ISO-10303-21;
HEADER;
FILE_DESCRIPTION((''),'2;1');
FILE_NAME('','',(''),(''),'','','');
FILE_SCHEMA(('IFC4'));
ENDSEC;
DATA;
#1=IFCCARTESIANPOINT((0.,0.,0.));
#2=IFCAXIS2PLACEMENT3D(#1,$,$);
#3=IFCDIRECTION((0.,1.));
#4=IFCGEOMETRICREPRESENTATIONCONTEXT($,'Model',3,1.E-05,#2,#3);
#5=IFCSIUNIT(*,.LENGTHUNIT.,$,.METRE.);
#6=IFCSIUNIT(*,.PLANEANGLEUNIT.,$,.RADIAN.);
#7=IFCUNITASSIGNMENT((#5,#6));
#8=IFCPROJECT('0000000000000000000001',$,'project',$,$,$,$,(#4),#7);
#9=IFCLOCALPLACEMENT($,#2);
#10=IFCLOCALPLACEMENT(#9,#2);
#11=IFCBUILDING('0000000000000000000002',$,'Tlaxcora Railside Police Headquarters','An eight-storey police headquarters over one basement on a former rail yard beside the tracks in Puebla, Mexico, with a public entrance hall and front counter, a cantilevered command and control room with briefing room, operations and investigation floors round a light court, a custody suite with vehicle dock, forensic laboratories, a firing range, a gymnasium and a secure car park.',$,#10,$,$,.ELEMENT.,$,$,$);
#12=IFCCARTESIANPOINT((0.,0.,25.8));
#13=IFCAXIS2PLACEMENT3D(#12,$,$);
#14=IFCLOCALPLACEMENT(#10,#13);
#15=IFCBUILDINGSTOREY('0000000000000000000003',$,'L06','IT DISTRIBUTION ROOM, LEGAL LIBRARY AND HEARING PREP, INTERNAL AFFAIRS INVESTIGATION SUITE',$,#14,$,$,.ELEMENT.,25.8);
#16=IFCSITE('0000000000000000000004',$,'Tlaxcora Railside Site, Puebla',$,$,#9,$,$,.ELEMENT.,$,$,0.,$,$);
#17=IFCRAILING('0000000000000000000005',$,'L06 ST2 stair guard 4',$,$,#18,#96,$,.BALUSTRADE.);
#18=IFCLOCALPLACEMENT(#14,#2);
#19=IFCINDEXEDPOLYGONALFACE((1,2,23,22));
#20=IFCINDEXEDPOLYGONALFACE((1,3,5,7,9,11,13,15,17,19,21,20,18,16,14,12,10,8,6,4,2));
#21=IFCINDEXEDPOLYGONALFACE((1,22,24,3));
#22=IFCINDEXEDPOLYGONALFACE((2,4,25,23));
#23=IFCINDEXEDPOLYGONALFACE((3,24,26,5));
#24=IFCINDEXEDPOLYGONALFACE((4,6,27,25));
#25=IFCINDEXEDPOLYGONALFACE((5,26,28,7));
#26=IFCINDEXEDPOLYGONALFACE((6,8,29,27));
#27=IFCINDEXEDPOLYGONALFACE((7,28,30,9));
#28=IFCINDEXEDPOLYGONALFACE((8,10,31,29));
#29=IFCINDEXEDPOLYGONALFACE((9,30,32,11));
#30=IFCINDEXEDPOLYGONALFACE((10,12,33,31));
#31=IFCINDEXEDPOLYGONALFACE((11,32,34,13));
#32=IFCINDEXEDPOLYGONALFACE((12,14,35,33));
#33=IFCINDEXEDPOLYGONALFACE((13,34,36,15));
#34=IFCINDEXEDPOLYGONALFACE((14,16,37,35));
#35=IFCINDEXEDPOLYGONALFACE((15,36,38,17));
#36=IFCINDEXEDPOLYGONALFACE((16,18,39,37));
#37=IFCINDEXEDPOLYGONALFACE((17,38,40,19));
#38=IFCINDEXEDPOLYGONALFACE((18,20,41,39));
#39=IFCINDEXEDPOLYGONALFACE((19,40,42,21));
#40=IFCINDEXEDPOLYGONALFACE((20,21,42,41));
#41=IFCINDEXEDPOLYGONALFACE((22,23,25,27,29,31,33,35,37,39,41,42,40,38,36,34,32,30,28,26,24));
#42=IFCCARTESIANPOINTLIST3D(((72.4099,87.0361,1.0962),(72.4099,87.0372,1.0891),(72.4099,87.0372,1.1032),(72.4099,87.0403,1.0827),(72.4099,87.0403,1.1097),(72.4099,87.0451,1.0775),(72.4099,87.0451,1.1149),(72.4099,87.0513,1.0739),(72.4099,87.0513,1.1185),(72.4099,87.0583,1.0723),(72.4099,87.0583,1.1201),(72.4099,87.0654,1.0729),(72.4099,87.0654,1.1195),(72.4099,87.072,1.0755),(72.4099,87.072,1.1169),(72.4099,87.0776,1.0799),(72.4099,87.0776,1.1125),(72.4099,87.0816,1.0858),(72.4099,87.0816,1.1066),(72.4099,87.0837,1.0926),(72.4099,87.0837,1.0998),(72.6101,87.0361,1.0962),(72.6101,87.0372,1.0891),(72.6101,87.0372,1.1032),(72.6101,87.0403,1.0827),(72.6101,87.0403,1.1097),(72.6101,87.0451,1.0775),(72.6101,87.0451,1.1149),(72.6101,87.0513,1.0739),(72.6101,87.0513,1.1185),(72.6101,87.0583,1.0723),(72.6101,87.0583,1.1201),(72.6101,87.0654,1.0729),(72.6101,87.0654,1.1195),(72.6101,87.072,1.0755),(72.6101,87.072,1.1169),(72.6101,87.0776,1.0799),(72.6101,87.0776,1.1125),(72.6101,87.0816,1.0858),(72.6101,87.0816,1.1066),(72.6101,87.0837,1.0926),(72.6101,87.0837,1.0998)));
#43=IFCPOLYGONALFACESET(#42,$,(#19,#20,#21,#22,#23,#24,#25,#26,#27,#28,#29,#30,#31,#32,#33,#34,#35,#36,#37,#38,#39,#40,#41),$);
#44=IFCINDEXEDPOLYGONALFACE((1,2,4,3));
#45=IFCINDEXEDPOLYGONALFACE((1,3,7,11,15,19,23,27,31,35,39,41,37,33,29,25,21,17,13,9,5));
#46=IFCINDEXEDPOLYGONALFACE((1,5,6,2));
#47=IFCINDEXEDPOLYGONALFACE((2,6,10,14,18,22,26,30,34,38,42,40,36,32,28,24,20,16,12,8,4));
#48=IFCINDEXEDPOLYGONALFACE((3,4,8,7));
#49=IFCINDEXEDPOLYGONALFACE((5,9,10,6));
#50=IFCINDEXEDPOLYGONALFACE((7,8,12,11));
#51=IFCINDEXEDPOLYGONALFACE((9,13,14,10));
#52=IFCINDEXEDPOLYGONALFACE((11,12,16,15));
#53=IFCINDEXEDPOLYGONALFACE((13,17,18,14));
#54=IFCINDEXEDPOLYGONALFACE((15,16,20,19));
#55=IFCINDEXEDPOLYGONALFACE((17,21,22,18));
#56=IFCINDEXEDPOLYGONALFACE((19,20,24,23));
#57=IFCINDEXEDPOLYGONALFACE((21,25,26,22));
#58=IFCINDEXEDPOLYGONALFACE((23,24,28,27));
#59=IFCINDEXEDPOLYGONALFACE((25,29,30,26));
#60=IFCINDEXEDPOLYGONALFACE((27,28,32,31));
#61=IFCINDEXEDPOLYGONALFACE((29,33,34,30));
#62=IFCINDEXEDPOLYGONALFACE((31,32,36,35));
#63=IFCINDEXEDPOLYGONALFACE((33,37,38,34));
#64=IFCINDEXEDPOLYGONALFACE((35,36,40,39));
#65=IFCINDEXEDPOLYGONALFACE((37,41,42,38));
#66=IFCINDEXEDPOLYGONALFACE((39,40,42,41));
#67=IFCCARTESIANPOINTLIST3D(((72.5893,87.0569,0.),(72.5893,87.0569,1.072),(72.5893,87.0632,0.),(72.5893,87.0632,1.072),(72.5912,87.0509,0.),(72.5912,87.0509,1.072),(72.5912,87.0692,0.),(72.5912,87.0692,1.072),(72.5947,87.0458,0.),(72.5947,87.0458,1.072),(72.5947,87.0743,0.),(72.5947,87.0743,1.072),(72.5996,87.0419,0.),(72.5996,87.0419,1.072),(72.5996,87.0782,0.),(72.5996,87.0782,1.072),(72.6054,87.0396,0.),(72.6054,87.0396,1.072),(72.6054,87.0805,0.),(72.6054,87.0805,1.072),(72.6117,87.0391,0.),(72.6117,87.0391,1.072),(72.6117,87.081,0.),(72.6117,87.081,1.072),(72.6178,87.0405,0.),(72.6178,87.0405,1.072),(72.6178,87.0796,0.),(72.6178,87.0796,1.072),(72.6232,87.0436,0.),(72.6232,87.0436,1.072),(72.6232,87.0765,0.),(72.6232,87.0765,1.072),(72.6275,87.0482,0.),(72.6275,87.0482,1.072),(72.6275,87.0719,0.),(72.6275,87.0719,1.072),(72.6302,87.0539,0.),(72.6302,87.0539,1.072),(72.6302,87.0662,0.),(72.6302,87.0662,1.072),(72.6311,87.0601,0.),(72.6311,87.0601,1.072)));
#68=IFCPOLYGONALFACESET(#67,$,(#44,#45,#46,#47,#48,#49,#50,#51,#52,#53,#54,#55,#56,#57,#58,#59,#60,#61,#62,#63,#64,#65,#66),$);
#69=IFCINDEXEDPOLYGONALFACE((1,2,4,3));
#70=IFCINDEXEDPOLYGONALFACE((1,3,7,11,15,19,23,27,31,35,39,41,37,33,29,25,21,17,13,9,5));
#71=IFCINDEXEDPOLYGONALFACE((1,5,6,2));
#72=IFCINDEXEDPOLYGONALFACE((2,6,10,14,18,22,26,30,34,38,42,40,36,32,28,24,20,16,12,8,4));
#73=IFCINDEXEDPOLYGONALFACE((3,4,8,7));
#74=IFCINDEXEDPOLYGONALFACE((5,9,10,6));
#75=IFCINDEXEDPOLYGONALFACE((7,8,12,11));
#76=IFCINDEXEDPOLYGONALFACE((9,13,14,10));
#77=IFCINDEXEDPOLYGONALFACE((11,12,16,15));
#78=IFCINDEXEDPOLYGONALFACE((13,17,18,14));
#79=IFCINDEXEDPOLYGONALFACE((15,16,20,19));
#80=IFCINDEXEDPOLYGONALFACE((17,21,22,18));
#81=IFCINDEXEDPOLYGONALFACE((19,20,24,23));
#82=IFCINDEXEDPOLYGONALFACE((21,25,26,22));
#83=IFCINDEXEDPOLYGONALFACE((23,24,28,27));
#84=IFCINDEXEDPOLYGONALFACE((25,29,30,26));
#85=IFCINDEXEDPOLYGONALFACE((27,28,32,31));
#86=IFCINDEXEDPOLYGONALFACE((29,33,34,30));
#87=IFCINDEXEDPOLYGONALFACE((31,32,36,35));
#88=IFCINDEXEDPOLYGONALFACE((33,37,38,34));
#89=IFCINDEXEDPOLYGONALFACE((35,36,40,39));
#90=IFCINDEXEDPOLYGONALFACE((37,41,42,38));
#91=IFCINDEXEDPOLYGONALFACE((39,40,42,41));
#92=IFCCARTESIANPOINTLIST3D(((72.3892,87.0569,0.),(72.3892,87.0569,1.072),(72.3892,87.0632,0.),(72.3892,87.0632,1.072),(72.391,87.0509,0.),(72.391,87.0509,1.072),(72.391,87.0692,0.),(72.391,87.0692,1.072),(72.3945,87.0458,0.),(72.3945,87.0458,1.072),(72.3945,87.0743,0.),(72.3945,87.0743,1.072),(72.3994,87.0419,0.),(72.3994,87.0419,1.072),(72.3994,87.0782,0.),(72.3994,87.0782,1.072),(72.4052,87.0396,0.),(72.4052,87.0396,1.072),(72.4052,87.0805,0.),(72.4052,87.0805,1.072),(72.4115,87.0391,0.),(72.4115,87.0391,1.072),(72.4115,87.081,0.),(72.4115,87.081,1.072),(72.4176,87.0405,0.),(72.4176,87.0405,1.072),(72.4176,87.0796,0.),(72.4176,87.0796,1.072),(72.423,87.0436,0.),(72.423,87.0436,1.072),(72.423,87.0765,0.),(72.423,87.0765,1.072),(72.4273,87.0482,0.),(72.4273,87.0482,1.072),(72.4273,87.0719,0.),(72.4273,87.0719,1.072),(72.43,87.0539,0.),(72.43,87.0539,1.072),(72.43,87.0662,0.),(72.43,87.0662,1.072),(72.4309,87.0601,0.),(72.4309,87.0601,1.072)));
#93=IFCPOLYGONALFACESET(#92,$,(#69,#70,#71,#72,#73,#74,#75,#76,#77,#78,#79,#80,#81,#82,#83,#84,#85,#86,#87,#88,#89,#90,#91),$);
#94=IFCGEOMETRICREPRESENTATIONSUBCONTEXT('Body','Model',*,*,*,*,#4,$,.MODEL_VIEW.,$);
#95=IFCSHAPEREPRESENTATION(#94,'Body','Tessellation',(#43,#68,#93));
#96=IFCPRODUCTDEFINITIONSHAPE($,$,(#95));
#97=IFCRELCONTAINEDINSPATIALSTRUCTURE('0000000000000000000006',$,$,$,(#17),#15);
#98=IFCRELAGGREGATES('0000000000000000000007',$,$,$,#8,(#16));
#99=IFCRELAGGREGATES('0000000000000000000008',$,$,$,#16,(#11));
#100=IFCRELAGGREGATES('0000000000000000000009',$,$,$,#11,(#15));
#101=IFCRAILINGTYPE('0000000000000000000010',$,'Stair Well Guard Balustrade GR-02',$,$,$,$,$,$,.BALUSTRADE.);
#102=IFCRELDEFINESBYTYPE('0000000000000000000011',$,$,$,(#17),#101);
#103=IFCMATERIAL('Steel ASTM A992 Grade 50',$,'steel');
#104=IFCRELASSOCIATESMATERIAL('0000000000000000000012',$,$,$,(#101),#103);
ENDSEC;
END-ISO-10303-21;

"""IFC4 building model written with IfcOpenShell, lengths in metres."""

from ifc_helpers import new_model, si_unit, direction, frame, origin, origin_2d, place, context, subcontext, project, spatial, circle, extrude, material, type_object, element, save


model = new_model("IFC4")

# Units and contexts
model_context = context("Model", 3, precision=1e-05, world=origin(), true_north=direction((0.0, 1.0)))
body_context = subcontext(model_context, "Body", "Model", "MODEL_VIEW")
ifc_project = project(units=[si_unit("LENGTHUNIT", "METRE"), si_unit("PLANEANGLEUNIT", "RADIAN")], contexts=[model_context])

# Site, building, storey
site_placement = place(None, origin())
site = spatial("IfcSite", under=ifc_project, at=site_placement, Name="Tlaxcora Railside Site, Puebla", CompositionType="ELEMENT", RefElevation=0.0)
building_placement = place(site_placement, origin())
building = spatial("IfcBuilding", under=site, at=building_placement, Name="Tlaxcora Railside Police Headquarters", Description="An eight-storey police headquarters over one basement on a former rail yard beside the tracks in Puebla, Mexico, with a public entrance hall and front counter, a cantilevered command and control room with briefing room, operations and investigation floors round a light court, a custody suite with vehicle dock, forensic laboratories, a firing range, a gymnasium and a secure car park.", CompositionType="ELEMENT")
storey_placement = place(building_placement, frame((0.0, 0.0, 25.8)))
storey = spatial("IfcBuildingStorey", under=building, at=storey_placement, Name="L06", Description="IT DISTRIBUTION ROOM, LEGAL LIBRARY AND HEARING PREP, INTERNAL AFFAIRS INVESTIGATION SUITE", CompositionType="ELEMENT", Elevation=25.8)

# Shared definitions
ifc_material_1 = material(Name="Steel ASTM A992 Grade 50", Category="steel")

# Railing
railing_type_1 = type_object("IfcRailingType", Name="Stair Well Guard Balustrade GR-02", PredefinedType="BALUSTRADE", material=ifc_material_1)
railing_1_placement = place(storey_placement, frame((72.6101, 87.0601, 0.0)))
element("IfcRailing", 1, at=railing_1_placement, inside=storey, type_object=railing_type_1, Name="L06 ST2 stair guard 4", PredefinedType="BALUSTRADE", context=body_context, shape_type="SweptSolid", body=[
    extrude(circle(Radius=0.0239, at=origin_2d()), frame((0.0, 0.0, 1.0962), z_axis=(-1.0, 0.0, 0.0), x_axis=(0.0, -1.0, 0.0)), (0.0, 0.0, 1.0), 0.2002),
    extrude(circle(Radius=0.021, at=origin_2d()), origin(), (0.0, 0.0, 1.0), 1.072),
    extrude(circle(Radius=0.021, at=origin_2d()), frame((-0.2002, 0.0, 0.0)), (0.0, 0.0, 1.0), 1.072),
])

save(model, "model.ifc")
